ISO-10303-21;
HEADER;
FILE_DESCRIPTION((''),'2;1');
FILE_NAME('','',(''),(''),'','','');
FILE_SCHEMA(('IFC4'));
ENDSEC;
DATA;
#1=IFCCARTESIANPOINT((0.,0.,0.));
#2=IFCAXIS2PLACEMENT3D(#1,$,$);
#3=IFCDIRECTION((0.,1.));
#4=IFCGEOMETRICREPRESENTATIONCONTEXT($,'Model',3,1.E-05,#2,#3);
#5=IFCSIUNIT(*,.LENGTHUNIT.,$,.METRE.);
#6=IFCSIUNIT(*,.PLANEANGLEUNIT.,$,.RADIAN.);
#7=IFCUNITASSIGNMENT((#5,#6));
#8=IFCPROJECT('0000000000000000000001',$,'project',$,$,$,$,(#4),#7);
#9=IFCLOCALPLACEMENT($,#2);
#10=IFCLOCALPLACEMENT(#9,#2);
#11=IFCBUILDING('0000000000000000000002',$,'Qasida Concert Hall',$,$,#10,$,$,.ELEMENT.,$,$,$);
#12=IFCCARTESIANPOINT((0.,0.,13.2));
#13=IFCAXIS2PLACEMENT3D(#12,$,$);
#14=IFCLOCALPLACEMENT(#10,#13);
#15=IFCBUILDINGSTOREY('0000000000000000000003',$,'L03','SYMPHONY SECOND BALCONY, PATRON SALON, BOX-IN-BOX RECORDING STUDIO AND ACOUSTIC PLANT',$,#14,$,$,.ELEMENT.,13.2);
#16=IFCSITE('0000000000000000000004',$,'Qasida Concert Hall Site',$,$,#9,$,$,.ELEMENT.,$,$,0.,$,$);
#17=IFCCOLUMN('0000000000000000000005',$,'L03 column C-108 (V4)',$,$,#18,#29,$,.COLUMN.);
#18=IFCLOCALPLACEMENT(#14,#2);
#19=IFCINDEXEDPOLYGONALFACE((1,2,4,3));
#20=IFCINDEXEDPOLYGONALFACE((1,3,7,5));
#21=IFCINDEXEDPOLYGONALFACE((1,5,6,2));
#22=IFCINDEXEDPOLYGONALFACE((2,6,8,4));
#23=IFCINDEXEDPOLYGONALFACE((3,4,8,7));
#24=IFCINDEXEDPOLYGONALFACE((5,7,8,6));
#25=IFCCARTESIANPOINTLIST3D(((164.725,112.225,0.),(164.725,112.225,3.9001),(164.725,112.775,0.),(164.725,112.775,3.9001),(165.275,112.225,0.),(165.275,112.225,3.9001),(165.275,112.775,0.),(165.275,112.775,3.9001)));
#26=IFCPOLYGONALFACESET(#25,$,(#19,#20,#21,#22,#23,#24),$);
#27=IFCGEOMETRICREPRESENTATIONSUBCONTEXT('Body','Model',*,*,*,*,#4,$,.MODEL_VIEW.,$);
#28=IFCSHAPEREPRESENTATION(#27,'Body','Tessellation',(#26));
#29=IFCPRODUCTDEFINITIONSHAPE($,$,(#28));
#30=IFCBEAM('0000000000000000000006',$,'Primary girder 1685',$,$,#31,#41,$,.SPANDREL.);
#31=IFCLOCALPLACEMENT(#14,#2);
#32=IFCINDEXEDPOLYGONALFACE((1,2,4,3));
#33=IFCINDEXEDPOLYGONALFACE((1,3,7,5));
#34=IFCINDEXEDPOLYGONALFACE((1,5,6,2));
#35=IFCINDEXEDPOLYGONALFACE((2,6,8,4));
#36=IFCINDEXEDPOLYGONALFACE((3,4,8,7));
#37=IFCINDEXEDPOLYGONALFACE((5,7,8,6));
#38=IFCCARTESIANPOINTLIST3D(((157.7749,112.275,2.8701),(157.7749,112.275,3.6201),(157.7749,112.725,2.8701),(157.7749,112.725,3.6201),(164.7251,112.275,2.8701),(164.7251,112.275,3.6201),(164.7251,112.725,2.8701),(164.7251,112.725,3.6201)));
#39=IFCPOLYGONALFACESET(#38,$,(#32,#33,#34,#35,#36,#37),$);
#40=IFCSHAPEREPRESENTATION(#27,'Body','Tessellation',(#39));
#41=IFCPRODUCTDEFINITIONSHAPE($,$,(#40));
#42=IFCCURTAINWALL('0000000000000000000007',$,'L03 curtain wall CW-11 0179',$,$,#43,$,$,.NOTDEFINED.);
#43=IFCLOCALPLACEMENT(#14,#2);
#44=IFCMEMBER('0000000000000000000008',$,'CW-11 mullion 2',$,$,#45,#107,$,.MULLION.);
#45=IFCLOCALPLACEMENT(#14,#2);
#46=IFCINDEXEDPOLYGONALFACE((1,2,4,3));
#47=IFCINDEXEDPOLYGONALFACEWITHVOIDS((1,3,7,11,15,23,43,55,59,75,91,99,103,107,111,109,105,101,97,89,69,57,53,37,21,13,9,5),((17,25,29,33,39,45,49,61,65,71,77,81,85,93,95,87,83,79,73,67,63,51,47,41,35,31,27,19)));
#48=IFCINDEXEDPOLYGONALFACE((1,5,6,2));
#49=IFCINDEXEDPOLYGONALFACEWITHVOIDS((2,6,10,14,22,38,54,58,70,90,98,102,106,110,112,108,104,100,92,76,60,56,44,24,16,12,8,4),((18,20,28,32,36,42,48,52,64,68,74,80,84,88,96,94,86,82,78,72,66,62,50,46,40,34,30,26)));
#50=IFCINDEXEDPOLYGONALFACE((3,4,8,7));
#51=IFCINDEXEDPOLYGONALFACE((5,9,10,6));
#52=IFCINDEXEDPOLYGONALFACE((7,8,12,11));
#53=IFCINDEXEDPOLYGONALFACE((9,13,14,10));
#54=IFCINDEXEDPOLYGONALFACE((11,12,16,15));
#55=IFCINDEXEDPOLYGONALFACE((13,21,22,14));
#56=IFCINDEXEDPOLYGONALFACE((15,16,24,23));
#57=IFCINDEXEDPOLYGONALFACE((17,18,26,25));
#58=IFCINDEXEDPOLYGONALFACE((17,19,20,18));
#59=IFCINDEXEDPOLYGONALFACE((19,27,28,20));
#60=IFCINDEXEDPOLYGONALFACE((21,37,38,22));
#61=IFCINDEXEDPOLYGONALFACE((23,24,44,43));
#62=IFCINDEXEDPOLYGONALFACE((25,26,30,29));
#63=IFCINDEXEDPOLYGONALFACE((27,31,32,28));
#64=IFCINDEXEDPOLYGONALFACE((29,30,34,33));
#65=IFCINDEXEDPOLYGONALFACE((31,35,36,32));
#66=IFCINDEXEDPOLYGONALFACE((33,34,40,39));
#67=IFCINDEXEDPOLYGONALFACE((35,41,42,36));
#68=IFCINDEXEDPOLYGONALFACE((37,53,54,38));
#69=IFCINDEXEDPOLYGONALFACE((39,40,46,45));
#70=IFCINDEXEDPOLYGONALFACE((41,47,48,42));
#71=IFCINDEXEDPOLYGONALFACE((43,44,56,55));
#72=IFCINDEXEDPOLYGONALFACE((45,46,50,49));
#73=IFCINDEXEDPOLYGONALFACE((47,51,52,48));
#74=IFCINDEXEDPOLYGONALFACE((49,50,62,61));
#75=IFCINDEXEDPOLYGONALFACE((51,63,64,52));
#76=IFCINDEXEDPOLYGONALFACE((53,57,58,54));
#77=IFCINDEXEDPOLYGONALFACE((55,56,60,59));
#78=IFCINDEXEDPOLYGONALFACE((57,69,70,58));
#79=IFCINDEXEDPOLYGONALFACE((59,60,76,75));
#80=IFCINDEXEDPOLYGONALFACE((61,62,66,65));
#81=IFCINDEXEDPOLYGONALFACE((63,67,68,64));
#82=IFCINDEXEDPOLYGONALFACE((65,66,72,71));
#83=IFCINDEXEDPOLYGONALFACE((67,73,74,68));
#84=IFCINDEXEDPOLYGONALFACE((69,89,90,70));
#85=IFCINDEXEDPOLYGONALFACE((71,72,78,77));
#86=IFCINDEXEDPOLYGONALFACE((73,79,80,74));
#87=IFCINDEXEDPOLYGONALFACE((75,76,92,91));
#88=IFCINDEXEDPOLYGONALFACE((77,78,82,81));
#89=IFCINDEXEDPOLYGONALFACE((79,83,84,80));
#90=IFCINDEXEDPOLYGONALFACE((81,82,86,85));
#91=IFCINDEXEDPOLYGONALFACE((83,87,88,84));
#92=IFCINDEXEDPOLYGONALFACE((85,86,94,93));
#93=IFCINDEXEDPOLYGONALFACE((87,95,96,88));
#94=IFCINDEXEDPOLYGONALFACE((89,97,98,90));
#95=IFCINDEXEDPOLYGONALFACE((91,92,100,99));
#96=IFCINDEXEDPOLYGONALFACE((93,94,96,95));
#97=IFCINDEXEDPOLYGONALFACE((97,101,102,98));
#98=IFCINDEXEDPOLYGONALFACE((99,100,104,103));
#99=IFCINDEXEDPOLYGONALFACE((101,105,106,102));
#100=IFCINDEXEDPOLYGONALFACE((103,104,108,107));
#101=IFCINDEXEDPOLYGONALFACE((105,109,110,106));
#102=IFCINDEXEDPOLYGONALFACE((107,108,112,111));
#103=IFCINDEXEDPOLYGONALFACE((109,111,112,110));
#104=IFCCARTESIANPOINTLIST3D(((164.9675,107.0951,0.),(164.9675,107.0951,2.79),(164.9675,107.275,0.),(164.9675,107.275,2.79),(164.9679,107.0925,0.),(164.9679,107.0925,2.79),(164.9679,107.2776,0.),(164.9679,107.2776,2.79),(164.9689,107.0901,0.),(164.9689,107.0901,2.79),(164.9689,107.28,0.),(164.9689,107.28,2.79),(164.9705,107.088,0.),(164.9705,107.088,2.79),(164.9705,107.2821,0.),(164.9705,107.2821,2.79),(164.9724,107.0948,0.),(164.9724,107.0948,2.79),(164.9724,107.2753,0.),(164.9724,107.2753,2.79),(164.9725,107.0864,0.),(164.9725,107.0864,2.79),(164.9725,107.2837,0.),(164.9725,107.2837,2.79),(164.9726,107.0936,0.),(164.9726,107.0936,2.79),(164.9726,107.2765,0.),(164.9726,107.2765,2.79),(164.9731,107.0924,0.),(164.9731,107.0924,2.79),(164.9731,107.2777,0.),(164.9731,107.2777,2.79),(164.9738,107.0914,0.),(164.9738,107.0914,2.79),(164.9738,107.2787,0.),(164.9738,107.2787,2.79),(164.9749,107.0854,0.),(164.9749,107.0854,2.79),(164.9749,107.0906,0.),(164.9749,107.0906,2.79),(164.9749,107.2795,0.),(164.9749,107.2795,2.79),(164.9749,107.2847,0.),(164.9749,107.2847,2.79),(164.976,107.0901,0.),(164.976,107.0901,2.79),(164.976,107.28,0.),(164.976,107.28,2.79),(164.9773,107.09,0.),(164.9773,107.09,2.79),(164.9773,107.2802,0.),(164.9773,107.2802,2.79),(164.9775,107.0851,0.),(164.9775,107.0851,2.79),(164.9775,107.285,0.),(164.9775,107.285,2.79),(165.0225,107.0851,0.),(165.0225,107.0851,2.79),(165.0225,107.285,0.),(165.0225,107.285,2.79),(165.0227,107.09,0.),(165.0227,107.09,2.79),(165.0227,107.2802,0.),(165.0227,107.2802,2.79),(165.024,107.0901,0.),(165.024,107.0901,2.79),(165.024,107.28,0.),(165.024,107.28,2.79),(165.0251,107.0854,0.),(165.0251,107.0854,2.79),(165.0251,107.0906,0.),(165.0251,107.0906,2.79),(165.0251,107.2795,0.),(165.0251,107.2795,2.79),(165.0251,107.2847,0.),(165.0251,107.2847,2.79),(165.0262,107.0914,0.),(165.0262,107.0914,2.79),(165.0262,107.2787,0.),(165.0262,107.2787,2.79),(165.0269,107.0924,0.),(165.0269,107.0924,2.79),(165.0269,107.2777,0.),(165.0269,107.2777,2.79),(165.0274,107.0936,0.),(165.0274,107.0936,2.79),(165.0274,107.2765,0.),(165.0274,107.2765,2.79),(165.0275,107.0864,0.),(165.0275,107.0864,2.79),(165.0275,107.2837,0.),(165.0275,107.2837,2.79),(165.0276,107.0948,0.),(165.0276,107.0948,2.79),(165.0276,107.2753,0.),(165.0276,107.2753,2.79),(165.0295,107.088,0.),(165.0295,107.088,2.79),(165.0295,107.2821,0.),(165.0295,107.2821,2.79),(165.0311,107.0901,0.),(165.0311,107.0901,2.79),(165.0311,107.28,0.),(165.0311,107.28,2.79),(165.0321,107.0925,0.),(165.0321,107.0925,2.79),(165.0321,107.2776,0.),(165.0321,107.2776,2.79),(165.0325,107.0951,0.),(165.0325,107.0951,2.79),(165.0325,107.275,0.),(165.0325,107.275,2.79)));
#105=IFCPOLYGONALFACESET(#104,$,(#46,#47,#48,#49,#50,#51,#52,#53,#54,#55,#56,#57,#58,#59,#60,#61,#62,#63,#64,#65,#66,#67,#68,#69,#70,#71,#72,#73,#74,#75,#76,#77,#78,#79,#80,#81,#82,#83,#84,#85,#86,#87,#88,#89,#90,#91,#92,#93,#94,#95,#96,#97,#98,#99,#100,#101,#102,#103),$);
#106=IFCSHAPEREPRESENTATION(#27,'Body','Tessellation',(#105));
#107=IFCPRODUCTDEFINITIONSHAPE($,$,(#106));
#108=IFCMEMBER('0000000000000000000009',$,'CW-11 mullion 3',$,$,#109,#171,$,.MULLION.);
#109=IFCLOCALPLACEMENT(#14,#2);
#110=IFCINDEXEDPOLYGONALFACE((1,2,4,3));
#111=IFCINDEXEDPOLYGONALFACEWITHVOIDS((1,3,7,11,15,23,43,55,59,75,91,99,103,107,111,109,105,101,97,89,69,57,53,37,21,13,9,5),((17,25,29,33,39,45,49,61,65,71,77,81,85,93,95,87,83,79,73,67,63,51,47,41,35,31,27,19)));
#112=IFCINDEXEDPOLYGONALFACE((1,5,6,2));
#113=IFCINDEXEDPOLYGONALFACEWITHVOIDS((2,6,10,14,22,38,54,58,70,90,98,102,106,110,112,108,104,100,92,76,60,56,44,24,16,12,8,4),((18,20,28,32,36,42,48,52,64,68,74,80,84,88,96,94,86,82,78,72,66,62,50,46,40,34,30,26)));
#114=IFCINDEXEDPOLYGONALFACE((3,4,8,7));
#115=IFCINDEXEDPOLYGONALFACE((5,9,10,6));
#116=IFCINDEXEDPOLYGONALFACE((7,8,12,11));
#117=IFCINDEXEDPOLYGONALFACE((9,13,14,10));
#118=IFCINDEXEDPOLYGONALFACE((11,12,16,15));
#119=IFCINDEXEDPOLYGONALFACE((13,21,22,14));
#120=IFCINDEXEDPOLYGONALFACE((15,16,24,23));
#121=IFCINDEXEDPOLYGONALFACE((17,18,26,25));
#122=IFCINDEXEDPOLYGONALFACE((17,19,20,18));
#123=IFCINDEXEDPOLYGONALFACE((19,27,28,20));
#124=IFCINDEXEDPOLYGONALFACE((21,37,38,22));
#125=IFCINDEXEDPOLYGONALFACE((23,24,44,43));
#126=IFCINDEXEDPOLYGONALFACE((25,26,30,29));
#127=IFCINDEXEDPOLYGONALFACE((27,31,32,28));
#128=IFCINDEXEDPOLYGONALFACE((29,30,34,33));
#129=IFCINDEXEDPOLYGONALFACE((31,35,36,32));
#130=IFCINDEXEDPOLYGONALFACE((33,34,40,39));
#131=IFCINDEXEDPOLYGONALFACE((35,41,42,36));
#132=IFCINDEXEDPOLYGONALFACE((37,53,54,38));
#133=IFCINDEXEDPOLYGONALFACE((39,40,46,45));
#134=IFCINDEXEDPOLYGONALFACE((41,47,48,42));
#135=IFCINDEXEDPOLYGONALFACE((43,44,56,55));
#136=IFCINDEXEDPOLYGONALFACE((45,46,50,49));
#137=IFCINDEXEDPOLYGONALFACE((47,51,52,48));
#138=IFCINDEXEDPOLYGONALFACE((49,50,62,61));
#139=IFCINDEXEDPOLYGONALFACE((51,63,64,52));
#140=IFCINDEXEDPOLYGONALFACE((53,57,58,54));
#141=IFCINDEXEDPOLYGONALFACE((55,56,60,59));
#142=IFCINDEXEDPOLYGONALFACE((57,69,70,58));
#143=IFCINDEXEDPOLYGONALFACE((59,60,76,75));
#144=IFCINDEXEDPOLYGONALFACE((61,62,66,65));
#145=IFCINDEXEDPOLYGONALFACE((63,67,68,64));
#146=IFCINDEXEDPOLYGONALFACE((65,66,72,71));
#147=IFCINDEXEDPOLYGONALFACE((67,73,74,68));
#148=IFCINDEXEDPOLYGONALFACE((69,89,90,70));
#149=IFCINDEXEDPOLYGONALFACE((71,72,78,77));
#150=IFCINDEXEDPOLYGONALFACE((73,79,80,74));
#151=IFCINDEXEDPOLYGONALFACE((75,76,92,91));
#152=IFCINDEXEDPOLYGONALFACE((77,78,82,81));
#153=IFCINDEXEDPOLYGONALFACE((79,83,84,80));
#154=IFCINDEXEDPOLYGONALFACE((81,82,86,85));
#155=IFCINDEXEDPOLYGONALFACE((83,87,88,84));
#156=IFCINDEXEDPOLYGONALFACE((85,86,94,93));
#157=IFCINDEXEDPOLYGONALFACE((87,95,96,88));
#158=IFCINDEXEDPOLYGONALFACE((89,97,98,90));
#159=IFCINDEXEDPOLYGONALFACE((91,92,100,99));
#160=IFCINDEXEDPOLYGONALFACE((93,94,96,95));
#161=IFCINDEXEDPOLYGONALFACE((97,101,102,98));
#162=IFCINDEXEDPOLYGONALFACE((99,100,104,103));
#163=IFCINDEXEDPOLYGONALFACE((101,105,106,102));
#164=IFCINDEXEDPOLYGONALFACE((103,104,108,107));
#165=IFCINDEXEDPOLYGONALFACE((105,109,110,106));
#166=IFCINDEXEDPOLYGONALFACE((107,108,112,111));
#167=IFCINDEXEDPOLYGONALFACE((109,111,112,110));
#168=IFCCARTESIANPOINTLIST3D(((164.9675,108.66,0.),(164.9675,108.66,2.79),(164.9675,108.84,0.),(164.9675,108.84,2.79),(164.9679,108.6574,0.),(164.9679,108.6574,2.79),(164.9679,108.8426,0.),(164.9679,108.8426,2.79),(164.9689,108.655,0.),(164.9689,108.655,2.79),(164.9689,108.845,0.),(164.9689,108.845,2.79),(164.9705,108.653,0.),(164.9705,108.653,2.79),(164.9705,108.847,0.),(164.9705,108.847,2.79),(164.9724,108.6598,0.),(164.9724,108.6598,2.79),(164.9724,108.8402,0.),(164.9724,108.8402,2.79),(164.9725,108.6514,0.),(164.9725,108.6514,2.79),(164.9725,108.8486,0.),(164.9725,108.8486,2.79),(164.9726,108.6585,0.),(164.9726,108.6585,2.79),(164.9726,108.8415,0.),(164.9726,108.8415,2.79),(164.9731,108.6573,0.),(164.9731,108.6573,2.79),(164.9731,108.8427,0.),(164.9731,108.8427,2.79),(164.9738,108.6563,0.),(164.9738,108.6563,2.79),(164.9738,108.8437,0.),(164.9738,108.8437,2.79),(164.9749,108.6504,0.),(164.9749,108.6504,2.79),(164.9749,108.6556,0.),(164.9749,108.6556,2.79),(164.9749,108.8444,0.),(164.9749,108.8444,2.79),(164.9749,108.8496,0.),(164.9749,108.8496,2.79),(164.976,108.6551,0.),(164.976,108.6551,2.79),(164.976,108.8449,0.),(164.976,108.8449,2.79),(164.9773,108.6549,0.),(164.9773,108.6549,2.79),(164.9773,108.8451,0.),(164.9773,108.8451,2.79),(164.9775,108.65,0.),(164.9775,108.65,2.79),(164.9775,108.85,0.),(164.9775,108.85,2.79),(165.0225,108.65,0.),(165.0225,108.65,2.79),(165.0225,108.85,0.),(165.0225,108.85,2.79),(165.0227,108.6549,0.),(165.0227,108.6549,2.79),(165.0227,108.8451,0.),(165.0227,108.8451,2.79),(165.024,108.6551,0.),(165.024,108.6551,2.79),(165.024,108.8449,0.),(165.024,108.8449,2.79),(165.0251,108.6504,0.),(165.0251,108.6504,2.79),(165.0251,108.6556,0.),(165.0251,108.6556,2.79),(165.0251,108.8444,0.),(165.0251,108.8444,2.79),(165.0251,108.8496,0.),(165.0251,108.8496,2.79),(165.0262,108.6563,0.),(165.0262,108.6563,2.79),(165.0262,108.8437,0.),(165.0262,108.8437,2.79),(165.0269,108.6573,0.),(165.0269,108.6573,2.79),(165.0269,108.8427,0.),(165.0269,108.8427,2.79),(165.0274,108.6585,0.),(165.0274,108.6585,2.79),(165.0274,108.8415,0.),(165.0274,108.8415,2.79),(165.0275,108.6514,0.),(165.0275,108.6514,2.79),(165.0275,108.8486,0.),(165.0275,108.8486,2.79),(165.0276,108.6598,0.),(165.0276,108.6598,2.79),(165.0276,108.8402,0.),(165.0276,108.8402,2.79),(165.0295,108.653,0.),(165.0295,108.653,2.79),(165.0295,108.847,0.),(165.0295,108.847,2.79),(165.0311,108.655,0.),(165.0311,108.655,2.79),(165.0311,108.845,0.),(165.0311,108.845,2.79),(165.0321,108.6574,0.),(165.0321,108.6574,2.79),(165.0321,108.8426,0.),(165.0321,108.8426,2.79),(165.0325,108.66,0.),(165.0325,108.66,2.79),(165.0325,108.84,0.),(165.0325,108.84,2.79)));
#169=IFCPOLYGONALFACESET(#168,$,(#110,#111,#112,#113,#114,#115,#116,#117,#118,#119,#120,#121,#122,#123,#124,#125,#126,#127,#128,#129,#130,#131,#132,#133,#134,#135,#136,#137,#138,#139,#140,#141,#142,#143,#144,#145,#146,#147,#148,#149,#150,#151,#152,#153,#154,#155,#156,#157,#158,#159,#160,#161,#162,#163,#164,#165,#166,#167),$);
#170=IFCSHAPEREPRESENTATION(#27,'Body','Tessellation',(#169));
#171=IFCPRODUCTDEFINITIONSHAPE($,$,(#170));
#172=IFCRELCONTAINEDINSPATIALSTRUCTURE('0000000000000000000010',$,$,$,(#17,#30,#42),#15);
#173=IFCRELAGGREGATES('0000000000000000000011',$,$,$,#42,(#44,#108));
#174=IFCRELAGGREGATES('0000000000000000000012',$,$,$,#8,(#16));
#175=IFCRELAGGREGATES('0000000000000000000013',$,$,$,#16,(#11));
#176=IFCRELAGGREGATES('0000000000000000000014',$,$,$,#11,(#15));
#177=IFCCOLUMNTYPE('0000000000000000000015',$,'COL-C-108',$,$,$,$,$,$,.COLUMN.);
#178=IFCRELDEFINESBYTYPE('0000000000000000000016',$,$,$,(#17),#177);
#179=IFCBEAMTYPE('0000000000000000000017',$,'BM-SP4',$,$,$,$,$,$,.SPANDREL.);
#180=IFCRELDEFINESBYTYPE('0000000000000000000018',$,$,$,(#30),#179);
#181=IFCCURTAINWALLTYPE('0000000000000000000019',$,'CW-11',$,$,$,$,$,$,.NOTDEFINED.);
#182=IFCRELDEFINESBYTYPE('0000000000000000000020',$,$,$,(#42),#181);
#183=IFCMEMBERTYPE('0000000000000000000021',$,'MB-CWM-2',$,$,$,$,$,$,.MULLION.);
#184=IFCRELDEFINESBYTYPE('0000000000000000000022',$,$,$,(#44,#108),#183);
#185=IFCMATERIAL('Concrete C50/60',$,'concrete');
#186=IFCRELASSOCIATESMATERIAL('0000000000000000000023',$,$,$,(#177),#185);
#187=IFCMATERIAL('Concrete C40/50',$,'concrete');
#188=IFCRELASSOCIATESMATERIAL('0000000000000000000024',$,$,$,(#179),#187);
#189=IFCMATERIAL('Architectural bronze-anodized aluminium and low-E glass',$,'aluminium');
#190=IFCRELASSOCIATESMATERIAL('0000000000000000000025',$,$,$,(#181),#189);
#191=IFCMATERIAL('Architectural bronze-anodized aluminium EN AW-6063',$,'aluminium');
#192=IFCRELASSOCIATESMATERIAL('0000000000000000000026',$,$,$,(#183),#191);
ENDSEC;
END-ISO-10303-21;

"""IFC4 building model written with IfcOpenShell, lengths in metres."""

from ifc_helpers import new_model, si_unit, direction, frame, origin, origin_2d, place, context, subcontext, project, spatial, rectangle, hollow_rectangle, extrude, material, material_profile, profile_set, type_object, element, aggregate, save


model = new_model("IFC4")

# Units and contexts
model_context = context("Model", 3, precision=1e-05, world=origin(), true_north=direction((0.0, 1.0)))
body_context = subcontext(model_context, "Body", "Model", "MODEL_VIEW")
ifc_project = project(units=[si_unit("LENGTHUNIT", "METRE"), si_unit("PLANEANGLEUNIT", "RADIAN")], contexts=[model_context])

# Site, building, storey
site_placement = place(None, origin())
site = spatial("IfcSite", under=ifc_project, at=site_placement, Name="Qasida Concert Hall Site", CompositionType="ELEMENT", RefElevation=0.0)
building_placement = place(site_placement, origin())
building = spatial("IfcBuilding", under=site, at=building_placement, Name="Qasida Concert Hall", CompositionType="ELEMENT")
storey_placement = place(building_placement, frame((0.0, 0.0, 13.2)))
storey = spatial("IfcBuildingStorey", under=building, at=storey_placement, Name="L03", Description="SYMPHONY SECOND BALCONY, PATRON SALON, BOX-IN-BOX RECORDING STUDIO AND ACOUSTIC PLANT", CompositionType="ELEMENT", Elevation=13.2)

# Column
ifc_material_1 = material(Name="Concrete C50/60", Category="concrete")
ifc_material_profile_1 = material_profile(ifc_material_1, rectangle(XDim=0.55, YDim=0.55, at=origin_2d()), Name="RC 550x550")
ifc_profile_set_1 = profile_set([ifc_material_profile_1], Name="Concrete C50/60")
column_type = type_object("IfcColumnType", Name="COL-C-108", PredefinedType="COLUMN", material=ifc_profile_set_1)
column_placement = place(storey_placement, frame((165.0, 112.5, 0.0), z_axis=(0.0, 0.0, 1.0), x_axis=(1.0, 0.0, 0.0)))
element("IfcColumn", 1, at=column_placement, inside=storey, type_object=column_type, Name="L03 column C-108 (V4)", PredefinedType="COLUMN", context=body_context, shape_type="SweptSolid", body=[
    extrude(rectangle(XDim=0.55, YDim=0.55, at=origin_2d()), origin(), (0.0, 0.0, 1.0), 3.9001),
])

# Beam
ifc_material_2 = material(Name="Concrete C40/50", Category="concrete")
ifc_material_profile_2 = material_profile(ifc_material_2, rectangle(XDim=0.45, YDim=0.75, at=origin_2d()), Name="RC 450x750")
ifc_profile_set_2 = profile_set([ifc_material_profile_2], Name="Concrete C40/50")
beam_type = type_object("IfcBeamType", Name="BM-SP4", PredefinedType="SPANDREL", material=ifc_profile_set_2)
beam_placement = place(storey_placement, frame((157.7749, 112.5, 3.2451), z_axis=(1.0, 0.0, 0.0), x_axis=(0.0, 1.0, 0.0)))
element("IfcBeam", 2, at=beam_placement, inside=storey, type_object=beam_type, Name="Primary girder 1685", PredefinedType="SPANDREL", context=body_context, shape_type="SweptSolid", body=[
    extrude(rectangle(XDim=0.45, YDim=0.75, at=origin_2d()), origin(), (0.0, 0.0, 1.0), 6.9502),
])

# Curtain wall, members
ifc_material_3 = material(Name="Architectural bronze-anodized aluminium and low-E glass", Category="aluminium")
curtain_wall_type = type_object("IfcCurtainWallType", Name="CW-11", PredefinedType="NOTDEFINED", material=ifc_material_3)
curtain_wall_placement = place(storey_placement, origin())
curtain_wall = element("IfcCurtainWall", 3, at=curtain_wall_placement, inside=storey, type_object=curtain_wall_type, Name="L03 curtain wall CW-11 0179", PredefinedType="NOTDEFINED")
ifc_material_4 = material(Name="Architectural bronze-anodized aluminium EN AW-6063", Category="aluminium")
ifc_material_profile_3 = material_profile(ifc_material_4, hollow_rectangle(XDim=0.0649, YDim=0.2, WallThickness=0.0049, InnerFilletRadius=0.0049, OuterFilletRadius=0.01, at=origin_2d()), Name="CWM 200x65x5")
ifc_profile_set_3 = profile_set([ifc_material_profile_3], Name="Architectural bronze-anodized aluminium EN AW-6063")
member_type_1 = type_object("IfcMemberType", Name="MB-CWM-2", PredefinedType="MULLION", material=ifc_profile_set_3)
member_1_placement = place(storey_placement, frame((165.0, 107.1851, 0.0), z_axis=(0.0, 0.0, 1.0), x_axis=(-1.0, 0.0, 0.0)))
member_1 = element("IfcMember", 4, at=member_1_placement, type_object=member_type_1, Name="CW-11 mullion 2", PredefinedType="MULLION", context=body_context, shape_type="SweptSolid", body=[
    extrude(hollow_rectangle(XDim=0.0649, YDim=0.2, WallThickness=0.0049, InnerFilletRadius=0.0049, OuterFilletRadius=0.01, at=origin_2d()), origin(), (0.0, 0.0, 1.0), 2.79),
])
member_2_placement = place(storey_placement, frame((165.0, 108.75, 0.0), z_axis=(0.0, 0.0, 1.0), x_axis=(-1.0, 0.0, 0.0)))
member_2 = element("IfcMember", 5, at=member_2_placement, type_object=member_type_1, Name="CW-11 mullion 3", PredefinedType="MULLION", context=body_context, shape_type="SweptSolid", body=[
    extrude(hollow_rectangle(XDim=0.0649, YDim=0.2, WallThickness=0.0049, InnerFilletRadius=0.0049, OuterFilletRadius=0.01, at=origin_2d()), origin(), (0.0, 0.0, 1.0), 2.79),
])
aggregate(curtain_wall, [member_1, member_2])

save(model, "model.ifc")
